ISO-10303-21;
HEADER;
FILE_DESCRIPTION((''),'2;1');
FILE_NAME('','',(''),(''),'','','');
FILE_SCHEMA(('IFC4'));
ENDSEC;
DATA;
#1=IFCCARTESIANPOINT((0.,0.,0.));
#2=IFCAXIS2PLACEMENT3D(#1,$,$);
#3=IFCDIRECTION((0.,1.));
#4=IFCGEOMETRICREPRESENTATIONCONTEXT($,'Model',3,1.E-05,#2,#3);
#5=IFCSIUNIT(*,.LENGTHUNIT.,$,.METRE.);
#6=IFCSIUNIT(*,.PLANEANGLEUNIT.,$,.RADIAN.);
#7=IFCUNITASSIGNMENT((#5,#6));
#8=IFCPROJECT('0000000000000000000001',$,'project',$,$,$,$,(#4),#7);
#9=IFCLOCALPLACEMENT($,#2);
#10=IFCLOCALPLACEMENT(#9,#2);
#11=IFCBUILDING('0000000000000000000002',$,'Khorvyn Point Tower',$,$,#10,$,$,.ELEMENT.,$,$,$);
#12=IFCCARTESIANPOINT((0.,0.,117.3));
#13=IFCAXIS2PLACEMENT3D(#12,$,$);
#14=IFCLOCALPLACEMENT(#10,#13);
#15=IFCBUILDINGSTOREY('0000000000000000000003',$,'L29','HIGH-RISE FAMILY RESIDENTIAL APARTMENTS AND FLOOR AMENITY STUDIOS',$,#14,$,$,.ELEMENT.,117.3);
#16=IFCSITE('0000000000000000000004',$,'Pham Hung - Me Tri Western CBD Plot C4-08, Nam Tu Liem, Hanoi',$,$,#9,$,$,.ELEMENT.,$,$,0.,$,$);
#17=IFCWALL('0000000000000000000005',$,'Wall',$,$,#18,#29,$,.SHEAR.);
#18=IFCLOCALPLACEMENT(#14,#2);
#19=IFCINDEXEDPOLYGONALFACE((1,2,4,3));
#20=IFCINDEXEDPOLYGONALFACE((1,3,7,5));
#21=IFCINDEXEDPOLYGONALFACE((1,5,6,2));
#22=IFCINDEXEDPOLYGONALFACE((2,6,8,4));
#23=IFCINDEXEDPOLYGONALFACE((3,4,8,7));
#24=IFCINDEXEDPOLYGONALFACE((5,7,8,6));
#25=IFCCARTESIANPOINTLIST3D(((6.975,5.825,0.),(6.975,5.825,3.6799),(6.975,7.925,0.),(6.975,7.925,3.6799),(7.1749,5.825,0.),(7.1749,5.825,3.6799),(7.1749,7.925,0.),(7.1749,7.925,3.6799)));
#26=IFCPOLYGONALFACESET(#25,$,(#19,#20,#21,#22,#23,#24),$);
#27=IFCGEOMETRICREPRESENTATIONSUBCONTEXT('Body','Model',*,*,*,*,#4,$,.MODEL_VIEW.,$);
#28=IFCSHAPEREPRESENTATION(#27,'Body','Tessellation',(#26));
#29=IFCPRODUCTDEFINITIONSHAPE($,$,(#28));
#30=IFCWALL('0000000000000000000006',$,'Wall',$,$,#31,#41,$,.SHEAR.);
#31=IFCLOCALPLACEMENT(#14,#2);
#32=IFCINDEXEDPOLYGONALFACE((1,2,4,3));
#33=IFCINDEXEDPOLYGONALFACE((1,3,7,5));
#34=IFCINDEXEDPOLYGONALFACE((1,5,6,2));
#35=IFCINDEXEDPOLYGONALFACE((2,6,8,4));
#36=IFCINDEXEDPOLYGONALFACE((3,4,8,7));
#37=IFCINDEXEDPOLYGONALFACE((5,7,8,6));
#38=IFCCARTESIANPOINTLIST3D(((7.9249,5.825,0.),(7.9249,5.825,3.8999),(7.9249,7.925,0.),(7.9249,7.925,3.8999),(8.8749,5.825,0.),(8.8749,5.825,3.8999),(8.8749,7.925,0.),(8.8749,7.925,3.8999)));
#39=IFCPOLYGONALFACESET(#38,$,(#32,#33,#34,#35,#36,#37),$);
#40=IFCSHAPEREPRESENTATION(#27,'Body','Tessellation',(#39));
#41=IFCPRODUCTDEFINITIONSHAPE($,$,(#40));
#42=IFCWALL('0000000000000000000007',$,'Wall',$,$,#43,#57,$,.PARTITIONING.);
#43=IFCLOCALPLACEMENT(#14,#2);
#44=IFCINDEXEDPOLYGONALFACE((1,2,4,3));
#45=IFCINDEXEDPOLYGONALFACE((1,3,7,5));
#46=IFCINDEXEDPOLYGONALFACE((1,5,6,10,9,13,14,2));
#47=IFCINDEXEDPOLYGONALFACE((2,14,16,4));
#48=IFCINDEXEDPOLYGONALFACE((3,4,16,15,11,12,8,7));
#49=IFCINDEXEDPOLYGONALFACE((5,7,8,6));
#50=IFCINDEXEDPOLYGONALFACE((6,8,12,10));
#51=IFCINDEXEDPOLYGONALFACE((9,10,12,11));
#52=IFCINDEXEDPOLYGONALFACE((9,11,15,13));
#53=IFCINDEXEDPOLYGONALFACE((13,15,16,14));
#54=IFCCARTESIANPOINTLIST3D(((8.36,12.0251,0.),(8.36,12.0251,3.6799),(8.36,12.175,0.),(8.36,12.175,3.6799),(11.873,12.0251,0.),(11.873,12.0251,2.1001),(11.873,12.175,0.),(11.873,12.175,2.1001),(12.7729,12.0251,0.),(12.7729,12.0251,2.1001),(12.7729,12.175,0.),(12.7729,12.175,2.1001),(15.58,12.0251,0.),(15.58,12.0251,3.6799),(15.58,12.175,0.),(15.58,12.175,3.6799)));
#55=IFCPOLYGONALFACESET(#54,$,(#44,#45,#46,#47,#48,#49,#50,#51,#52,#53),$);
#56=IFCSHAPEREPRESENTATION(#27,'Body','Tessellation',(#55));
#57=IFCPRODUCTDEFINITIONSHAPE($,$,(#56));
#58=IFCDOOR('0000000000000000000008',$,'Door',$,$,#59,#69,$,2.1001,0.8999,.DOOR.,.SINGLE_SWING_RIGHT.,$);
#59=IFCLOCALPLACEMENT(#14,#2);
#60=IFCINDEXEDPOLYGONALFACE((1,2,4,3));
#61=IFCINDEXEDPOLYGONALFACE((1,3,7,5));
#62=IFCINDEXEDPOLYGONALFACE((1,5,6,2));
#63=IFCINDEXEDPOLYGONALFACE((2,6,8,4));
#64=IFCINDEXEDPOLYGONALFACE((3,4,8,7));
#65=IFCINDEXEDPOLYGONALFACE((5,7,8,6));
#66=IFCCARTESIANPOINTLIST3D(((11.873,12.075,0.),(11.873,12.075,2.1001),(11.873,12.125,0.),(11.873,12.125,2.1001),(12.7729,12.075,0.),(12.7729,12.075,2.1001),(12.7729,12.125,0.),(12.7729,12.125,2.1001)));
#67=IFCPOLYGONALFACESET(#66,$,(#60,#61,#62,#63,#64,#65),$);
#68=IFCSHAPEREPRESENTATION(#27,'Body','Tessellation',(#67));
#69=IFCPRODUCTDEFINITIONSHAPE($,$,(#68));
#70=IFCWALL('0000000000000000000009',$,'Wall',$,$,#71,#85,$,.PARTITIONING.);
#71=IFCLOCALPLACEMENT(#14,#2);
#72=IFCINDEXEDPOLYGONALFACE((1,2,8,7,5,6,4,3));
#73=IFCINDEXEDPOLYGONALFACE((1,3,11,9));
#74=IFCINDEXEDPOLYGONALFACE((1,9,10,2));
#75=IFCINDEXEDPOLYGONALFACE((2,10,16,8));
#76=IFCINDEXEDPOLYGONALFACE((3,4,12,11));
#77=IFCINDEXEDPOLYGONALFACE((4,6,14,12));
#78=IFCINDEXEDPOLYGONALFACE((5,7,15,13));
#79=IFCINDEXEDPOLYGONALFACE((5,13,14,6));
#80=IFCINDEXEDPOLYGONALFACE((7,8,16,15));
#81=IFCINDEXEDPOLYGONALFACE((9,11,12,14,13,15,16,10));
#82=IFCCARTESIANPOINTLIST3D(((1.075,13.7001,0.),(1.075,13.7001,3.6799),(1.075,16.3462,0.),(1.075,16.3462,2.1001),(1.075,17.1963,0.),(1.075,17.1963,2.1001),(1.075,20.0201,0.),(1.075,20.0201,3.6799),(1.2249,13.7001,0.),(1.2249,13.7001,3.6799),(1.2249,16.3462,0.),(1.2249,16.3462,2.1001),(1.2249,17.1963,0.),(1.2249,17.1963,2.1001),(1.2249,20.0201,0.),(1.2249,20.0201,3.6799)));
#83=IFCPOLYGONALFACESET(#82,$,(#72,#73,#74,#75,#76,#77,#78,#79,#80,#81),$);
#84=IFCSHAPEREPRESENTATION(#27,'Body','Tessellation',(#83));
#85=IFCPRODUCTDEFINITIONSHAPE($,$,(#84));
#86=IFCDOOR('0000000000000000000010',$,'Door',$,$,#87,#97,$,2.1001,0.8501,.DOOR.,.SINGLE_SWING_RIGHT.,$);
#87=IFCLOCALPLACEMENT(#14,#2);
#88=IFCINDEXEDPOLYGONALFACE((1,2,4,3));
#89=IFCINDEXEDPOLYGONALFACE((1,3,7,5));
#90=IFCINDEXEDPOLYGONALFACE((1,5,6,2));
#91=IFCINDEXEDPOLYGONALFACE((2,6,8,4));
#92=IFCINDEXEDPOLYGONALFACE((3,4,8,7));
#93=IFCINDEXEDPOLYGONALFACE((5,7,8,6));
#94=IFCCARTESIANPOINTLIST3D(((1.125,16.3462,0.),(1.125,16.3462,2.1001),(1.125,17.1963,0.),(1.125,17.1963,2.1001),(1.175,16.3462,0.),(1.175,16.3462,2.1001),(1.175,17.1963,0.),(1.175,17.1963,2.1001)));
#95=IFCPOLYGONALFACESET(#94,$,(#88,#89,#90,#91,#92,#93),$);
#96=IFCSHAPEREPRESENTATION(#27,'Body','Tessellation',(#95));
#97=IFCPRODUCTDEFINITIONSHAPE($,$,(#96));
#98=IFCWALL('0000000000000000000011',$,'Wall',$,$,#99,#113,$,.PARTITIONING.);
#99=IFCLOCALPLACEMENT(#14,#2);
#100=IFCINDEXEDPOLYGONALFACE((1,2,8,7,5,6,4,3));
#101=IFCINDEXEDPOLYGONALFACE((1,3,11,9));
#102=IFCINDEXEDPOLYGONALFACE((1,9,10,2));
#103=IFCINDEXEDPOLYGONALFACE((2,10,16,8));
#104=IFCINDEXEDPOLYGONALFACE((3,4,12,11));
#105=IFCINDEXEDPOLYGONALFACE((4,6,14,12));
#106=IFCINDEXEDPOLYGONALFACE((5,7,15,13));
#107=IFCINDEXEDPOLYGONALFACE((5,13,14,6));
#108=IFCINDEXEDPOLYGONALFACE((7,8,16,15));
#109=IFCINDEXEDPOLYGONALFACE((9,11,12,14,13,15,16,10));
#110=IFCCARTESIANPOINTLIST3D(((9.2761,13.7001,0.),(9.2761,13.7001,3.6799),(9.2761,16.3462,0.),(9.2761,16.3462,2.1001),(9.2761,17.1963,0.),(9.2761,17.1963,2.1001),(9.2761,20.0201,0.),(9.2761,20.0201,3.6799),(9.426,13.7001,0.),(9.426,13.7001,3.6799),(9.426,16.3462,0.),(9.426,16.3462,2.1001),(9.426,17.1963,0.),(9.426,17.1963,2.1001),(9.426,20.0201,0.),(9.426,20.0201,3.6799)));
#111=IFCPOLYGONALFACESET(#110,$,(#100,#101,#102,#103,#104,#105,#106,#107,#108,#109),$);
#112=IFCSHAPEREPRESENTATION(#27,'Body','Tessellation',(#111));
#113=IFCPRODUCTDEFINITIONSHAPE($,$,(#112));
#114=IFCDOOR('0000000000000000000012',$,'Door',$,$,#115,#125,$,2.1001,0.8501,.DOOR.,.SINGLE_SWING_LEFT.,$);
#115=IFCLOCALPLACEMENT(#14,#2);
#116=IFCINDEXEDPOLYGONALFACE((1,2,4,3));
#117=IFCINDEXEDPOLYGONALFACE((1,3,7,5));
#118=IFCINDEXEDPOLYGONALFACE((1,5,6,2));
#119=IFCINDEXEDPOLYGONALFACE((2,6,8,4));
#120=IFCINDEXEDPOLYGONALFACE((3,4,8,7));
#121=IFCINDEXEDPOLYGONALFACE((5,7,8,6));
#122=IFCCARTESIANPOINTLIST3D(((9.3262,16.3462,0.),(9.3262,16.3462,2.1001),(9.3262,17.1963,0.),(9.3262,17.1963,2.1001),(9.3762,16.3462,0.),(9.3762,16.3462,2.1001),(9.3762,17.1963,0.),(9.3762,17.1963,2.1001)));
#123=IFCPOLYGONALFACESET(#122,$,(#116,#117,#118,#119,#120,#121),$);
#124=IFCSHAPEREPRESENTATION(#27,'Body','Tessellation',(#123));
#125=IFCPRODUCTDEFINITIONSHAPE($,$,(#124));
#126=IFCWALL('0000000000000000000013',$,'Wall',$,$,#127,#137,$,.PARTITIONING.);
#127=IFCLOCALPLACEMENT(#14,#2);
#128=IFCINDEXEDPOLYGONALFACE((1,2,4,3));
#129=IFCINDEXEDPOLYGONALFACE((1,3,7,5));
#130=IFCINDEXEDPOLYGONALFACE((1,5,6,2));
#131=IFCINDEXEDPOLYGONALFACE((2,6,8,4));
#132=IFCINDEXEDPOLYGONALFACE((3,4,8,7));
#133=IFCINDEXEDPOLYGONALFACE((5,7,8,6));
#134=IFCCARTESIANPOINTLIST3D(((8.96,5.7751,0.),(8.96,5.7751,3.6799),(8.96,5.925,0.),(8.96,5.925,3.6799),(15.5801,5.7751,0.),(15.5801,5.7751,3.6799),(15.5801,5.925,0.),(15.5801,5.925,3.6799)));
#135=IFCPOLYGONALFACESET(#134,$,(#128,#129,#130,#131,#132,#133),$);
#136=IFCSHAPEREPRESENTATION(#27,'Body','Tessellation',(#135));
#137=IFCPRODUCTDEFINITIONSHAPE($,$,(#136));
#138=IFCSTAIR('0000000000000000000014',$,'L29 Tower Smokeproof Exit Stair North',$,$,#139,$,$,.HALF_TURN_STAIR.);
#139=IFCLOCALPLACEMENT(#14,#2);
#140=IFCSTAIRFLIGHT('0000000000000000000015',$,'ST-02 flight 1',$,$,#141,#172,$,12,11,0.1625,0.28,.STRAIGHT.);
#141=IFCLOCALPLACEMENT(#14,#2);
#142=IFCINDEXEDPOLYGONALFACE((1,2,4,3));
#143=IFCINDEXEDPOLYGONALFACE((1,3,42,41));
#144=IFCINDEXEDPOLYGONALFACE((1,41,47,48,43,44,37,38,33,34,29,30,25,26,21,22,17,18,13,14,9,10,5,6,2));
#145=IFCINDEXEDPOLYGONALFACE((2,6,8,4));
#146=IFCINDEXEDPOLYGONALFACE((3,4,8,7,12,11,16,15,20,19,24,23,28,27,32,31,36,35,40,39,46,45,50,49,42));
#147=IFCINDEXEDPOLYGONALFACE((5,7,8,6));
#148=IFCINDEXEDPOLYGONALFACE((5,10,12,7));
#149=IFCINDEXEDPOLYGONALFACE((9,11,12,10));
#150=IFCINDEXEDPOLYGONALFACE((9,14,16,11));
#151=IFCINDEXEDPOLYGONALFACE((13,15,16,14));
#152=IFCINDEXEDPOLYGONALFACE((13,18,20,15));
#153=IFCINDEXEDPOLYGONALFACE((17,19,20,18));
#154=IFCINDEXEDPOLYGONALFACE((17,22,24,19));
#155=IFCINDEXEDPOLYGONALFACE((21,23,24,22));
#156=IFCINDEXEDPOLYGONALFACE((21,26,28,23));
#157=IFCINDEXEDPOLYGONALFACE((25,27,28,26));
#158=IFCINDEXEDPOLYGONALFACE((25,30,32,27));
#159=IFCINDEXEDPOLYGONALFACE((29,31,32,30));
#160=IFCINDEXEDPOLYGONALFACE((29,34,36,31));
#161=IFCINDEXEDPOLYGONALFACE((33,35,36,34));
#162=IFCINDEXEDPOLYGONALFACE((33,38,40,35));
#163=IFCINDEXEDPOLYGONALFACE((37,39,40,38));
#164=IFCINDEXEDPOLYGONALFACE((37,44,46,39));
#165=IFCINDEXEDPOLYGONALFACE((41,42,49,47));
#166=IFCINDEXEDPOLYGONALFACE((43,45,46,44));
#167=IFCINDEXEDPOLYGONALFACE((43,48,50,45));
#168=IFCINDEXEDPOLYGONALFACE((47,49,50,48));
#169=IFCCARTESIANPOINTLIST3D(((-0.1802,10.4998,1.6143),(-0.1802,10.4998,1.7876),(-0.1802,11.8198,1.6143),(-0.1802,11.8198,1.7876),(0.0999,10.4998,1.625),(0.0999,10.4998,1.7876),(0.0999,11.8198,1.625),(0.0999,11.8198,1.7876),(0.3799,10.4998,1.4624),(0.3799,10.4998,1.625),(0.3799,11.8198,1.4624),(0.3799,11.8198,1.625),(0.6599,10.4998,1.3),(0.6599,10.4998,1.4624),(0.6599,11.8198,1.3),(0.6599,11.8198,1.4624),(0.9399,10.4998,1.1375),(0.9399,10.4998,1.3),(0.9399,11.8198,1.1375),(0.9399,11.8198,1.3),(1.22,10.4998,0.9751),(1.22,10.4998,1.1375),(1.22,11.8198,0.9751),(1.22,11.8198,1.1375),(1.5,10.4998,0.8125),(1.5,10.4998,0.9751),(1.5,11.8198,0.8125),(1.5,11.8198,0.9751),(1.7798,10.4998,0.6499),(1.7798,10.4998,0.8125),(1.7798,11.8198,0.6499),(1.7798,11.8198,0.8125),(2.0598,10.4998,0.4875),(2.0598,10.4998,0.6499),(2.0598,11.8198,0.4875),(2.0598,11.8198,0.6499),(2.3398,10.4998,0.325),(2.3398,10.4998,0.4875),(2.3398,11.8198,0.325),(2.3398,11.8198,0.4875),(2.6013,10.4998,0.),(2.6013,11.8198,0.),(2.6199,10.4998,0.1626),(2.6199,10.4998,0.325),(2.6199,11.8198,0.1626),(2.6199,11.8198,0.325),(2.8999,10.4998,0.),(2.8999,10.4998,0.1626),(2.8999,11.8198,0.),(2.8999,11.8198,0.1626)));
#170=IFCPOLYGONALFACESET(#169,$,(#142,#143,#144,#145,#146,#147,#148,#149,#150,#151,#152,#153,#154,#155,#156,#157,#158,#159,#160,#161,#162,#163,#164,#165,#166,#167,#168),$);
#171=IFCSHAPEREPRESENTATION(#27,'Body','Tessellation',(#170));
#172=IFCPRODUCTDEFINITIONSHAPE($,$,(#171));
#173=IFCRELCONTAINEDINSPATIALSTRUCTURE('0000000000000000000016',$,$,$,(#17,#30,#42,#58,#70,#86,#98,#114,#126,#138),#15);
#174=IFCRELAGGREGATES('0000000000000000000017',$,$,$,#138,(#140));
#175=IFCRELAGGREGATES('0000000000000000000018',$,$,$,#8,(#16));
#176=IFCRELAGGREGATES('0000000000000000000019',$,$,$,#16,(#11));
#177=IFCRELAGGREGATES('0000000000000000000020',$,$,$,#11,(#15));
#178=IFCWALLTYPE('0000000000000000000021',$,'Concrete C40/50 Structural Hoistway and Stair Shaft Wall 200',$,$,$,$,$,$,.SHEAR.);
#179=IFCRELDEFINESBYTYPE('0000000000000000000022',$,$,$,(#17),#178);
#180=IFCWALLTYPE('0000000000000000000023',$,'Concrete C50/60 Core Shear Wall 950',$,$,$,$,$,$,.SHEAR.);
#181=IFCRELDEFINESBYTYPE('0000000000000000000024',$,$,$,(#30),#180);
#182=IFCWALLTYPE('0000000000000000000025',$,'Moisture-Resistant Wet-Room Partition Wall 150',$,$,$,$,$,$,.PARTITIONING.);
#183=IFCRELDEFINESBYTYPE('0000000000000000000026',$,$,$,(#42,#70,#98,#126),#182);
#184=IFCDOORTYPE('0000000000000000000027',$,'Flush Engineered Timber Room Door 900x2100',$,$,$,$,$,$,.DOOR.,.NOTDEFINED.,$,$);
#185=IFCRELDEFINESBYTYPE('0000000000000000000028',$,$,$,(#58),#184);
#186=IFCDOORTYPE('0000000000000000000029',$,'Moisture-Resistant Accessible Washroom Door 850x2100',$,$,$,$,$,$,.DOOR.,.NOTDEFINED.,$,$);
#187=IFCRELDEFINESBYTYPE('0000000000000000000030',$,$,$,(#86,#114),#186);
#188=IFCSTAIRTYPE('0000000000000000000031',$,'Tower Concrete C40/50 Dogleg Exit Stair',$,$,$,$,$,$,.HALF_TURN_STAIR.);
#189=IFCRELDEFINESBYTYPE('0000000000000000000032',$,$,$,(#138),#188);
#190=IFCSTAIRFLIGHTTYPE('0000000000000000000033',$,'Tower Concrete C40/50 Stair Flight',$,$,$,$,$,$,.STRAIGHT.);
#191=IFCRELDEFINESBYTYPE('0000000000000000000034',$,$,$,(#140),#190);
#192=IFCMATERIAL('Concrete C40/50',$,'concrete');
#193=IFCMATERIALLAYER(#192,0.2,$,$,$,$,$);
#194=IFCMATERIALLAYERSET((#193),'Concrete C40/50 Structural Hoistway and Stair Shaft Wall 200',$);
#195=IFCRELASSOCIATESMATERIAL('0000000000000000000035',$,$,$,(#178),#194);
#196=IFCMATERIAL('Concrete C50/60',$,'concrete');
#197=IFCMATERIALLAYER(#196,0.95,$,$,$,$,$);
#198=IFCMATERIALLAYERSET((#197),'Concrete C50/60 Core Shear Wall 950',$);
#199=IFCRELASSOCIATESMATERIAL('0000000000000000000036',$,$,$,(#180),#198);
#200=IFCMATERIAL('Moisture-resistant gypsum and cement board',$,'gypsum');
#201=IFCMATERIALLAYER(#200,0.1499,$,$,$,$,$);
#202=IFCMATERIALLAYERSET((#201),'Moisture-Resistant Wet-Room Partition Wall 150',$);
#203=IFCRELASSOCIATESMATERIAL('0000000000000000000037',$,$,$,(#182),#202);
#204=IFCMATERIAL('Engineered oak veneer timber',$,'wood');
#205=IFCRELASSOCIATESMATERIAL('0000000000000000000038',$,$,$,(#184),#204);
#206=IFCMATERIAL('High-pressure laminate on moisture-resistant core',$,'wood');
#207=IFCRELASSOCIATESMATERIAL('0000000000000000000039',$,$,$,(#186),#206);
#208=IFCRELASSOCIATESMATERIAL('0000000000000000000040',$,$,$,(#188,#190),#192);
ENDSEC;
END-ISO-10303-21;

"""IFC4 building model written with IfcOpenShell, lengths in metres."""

from ifc_helpers import new_model, si_unit, direction, frame, frame_2d, origin, place, context, subcontext, project, spatial, polyline, rectangle, outline, extrude, material, layer, layer_set, type_object, element, fill, aggregate, save


model = new_model("IFC4")

# Units and contexts
model_context = context("Model", 3, precision=1e-05, world=origin(), true_north=direction((0.0, 1.0)))
body_context = subcontext(model_context, "Body", "Model", "MODEL_VIEW")
ifc_project = project(units=[si_unit("LENGTHUNIT", "METRE"), si_unit("PLANEANGLEUNIT", "RADIAN")], contexts=[model_context])

# Site, building, storey
site_placement = place(None, origin())
site = spatial("IfcSite", under=ifc_project, at=site_placement, Name="Pham Hung - Me Tri Western CBD Plot C4-08, Nam Tu Liem, Hanoi", CompositionType="ELEMENT", RefElevation=0.0)
building_placement = place(site_placement, origin())
building = spatial("IfcBuilding", under=site, at=building_placement, Name="Khorvyn Point Tower", CompositionType="ELEMENT")
storey_placement = place(building_placement, frame((0.0, 0.0, 117.3)))
storey = spatial("IfcBuildingStorey", under=building, at=storey_placement, Name="L29", Description="HIGH-RISE FAMILY RESIDENTIAL APARTMENTS AND FLOOR AMENITY STUDIOS", CompositionType="ELEMENT", Elevation=117.3)

# Shared definitions
ifc_material_1 = material(Name="Concrete C50/60", Category="concrete")

# Shared definitions
ifc_material_2 = material(Name="Concrete C40/50", Category="concrete")

# Walls
ifc_layer_1 = layer(ifc_material_2, 0.2)
ifc_layer_set_1 = layer_set([ifc_layer_1], Name="Concrete C40/50 Structural Hoistway and Stair Shaft Wall 200")
wall_type_1 = type_object("IfcWallType", Name="Concrete C40/50 Structural Hoistway and Stair Shaft Wall 200", PredefinedType="SHEAR", material=ifc_layer_set_1)
wall_1_placement = place(storey_placement, frame((7.075, 5.825, 0.0), z_axis=(0.0, 0.0, 1.0), x_axis=(0.0, 1.0, 0.0)))
element("IfcWall", 1, at=wall_1_placement, inside=storey, type_object=wall_type_1, Name="Wall", PredefinedType="SHEAR", context=body_context, shape_type="SweptSolid", body=[
    extrude(rectangle(XDim=2.1001, YDim=0.2, at=frame_2d((1.05, 0.0))), origin(), (0.0, 0.0, 1.0), 3.6799),
])
ifc_layer_2 = layer(ifc_material_1, 0.95)
ifc_layer_set_2 = layer_set([ifc_layer_2], Name="Concrete C50/60 Core Shear Wall 950")
wall_type_2 = type_object("IfcWallType", Name="Concrete C50/60 Core Shear Wall 950", PredefinedType="SHEAR", material=ifc_layer_set_2)
wall_2_placement = place(storey_placement, frame((8.3999, 5.825, 0.0), z_axis=(0.0, 0.0, 1.0), x_axis=(0.0, 1.0, 0.0)))
element("IfcWall", 2, at=wall_2_placement, inside=storey, type_object=wall_type_2, Name="Wall", PredefinedType="SHEAR", context=body_context, shape_type="SweptSolid", body=[
    extrude(rectangle(XDim=2.1001, YDim=0.95, at=frame_2d((1.05, 0.0))), origin(), (0.0, 0.0, 1.0), 3.8999),
])

# Walls, openings, doors
ifc_material_3 = material(Name="Moisture-resistant gypsum and cement board", Category="gypsum")
ifc_layer_3 = layer(ifc_material_3, 0.1499)
ifc_layer_set_3 = layer_set([ifc_layer_3], Name="Moisture-Resistant Wet-Room Partition Wall 150")
wall_type_3 = type_object("IfcWallType", Name="Moisture-Resistant Wet-Room Partition Wall 150", PredefinedType="PARTITIONING", material=ifc_layer_set_3)
wall_3_placement = place(storey_placement, frame((8.3601, 12.1001, 0.0), z_axis=(0.0, 0.0, 1.0), x_axis=(1.0, 0.0, 0.0)))
wall_3 = element("IfcWall", 3, at=wall_3_placement, inside=storey, type_object=wall_type_3, Name="Wall", PredefinedType="PARTITIONING", context=body_context, shape_type="SweptSolid", body=[
    extrude(rectangle(XDim=7.22, YDim=0.1499, at=frame_2d((3.6099, 0.0))), origin(), (0.0, 0.0, 1.0), 3.6799),
])
opening_1_placement = place(wall_3_placement, frame((3.5129, 0.0, 0.0)))
opening_1 = element("IfcOpeningElement", 4, at=opening_1_placement, cuts=wall_3, PredefinedType="OPENING", context=body_context, shape_type="SweptSolid", body=[
    extrude(rectangle(XDim=0.8999, YDim=2.1001, at=frame_2d((0.45, 1.05))), frame((0.0, 0.085, 0.0), z_axis=(0.0, -1.0, 0.0), x_axis=(1.0, 0.0, 0.0)), (0.0, 0.0, 1.0), 0.1699),
])
ifc_material_4 = material(Name="Engineered oak veneer timber", Category="wood")
door_type_1 = type_object("IfcDoorType", Name="Flush Engineered Timber Room Door 900x2100", OperationType="NOTDEFINED", PredefinedType="DOOR", material=ifc_material_4)
door_1_placement = place(opening_1_placement, origin())
door_1 = element("IfcDoor", 5, at=door_1_placement, inside=storey, type_object=door_type_1, Name="Door", OperationType="SINGLE_SWING_RIGHT", OverallHeight=2.1001, OverallWidth=0.8999, PredefinedType="DOOR", context=body_context, shape_type="SweptSolid", body=[
    extrude(rectangle(XDim=0.8999, YDim=2.1001, at=frame_2d((0.45, 1.05))), frame((0.0, 0.0249, 0.0), z_axis=(0.0, -1.0, 0.0), x_axis=(1.0, 0.0, 0.0)), (0.0, 0.0, 1.0), 0.05),
])
fill(opening_1, door_1)
wall_4_placement = place(storey_placement, frame((1.1499, 13.7, 0.0), z_axis=(0.0, 0.0, 1.0), x_axis=(0.0, 1.0, 0.0)))
wall_4 = element("IfcWall", 6, at=wall_4_placement, inside=storey, type_object=wall_type_3, Name="Wall", PredefinedType="PARTITIONING", context=body_context, shape_type="SweptSolid", body=[
    extrude(rectangle(XDim=6.3201, YDim=0.1499, at=frame_2d((3.1602, 0.0))), origin(), (0.0, 0.0, 1.0), 3.6799),
])
opening_2_placement = place(wall_4_placement, frame((2.6462, 0.0, 0.0)))
opening_2 = element("IfcOpeningElement", 7, at=opening_2_placement, cuts=wall_4, PredefinedType="OPENING", context=body_context, shape_type="SweptSolid", body=[
    extrude(rectangle(XDim=0.8501, YDim=2.1001, at=frame_2d((0.425, 1.05))), frame((0.0, 0.085, 0.0), z_axis=(0.0, -1.0, 0.0), x_axis=(1.0, 0.0, 0.0)), (0.0, 0.0, 1.0), 0.1699),
])
ifc_material_5 = material(Name="High-pressure laminate on moisture-resistant core", Category="wood")
door_type_2 = type_object("IfcDoorType", Name="Moisture-Resistant Accessible Washroom Door 850x2100", OperationType="NOTDEFINED", PredefinedType="DOOR", material=ifc_material_5)
door_2_placement = place(opening_2_placement, origin())
door_2 = element("IfcDoor", 8, at=door_2_placement, inside=storey, type_object=door_type_2, Name="Door", OperationType="SINGLE_SWING_RIGHT", OverallHeight=2.1001, OverallWidth=0.8501, PredefinedType="DOOR", context=body_context, shape_type="SweptSolid", body=[
    extrude(rectangle(XDim=0.8501, YDim=2.1001, at=frame_2d((0.425, 1.05))), frame((0.0, 0.0249, 0.0), z_axis=(0.0, -1.0, 0.0), x_axis=(1.0, 0.0, 0.0)), (0.0, 0.0, 1.0), 0.05),
])
fill(opening_2, door_2)
wall_5_placement = place(storey_placement, frame((9.3511, 13.7, 0.0), z_axis=(0.0, 0.0, 1.0), x_axis=(0.0, 1.0, 0.0)))
wall_5 = element("IfcWall", 9, at=wall_5_placement, inside=storey, type_object=wall_type_3, Name="Wall", PredefinedType="PARTITIONING", context=body_context, shape_type="SweptSolid", body=[
    extrude(rectangle(XDim=6.3201, YDim=0.1499, at=frame_2d((3.1602, 0.0))), origin(), (0.0, 0.0, 1.0), 3.6799),
])
opening_3_placement = place(wall_5_placement, frame((2.6462, 0.0, 0.0)))
opening_3 = element("IfcOpeningElement", 10, at=opening_3_placement, cuts=wall_5, PredefinedType="OPENING", context=body_context, shape_type="SweptSolid", body=[
    extrude(rectangle(XDim=0.8501, YDim=2.1001, at=frame_2d((0.425, 1.05))), frame((0.0, 0.085, 0.0), z_axis=(0.0, -1.0, 0.0), x_axis=(1.0, 0.0, 0.0)), (0.0, 0.0, 1.0), 0.1699),
])
door_3_placement = place(opening_3_placement, origin())
door_3 = element("IfcDoor", 11, at=door_3_placement, inside=storey, type_object=door_type_2, Name="Door", OperationType="SINGLE_SWING_LEFT", OverallHeight=2.1001, OverallWidth=0.8501, PredefinedType="DOOR", context=body_context, shape_type="SweptSolid", body=[
    extrude(rectangle(XDim=0.8501, YDim=2.1001, at=frame_2d((0.425, 1.05))), frame((0.0, 0.0249, 0.0), z_axis=(0.0, -1.0, 0.0), x_axis=(1.0, 0.0, 0.0)), (0.0, 0.0, 1.0), 0.05),
])
fill(opening_3, door_3)

# Wall
wall_6_placement = place(storey_placement, frame((8.96, 5.8501, 0.0), z_axis=(0.0, 0.0, 1.0), x_axis=(1.0, 0.0, 0.0)))
element("IfcWall", 12, at=wall_6_placement, inside=storey, type_object=wall_type_3, Name="Wall", PredefinedType="PARTITIONING", context=body_context, shape_type="SweptSolid", body=[
    extrude(rectangle(XDim=6.6201, YDim=0.1499, at=frame_2d((3.3101, 0.0))), origin(), (0.0, 0.0, 1.0), 3.6799),
])

# Stair, stair flight
stair_type = type_object("IfcStairType", Name="Tower Concrete C40/50 Dogleg Exit Stair", PredefinedType="HALF_TURN_STAIR", material=ifc_material_2)
stair_placement = place(storey_placement, origin())
stair = element("IfcStair", 13, at=stair_placement, inside=storey, type_object=stair_type, Name="L29 Tower Smokeproof Exit Stair North", PredefinedType="HALF_TURN_STAIR")
stair_flight_type = type_object("IfcStairFlightType", Name="Tower Concrete C40/50 Stair Flight", PredefinedType="STRAIGHT", material=ifc_material_2)
stair_flight_1_placement = place(storey_placement, frame((2.8999, 11.1599, 0.0), z_axis=(0.0, 0.0, 1.0), x_axis=(-1.0, 0.0, 0.0)))
stair_flight_1 = element("IfcStairFlight", 14, at=stair_flight_1_placement, type_object=stair_flight_type, Name="ST-02 flight 1", NumberOfRisers=12, NumberOfTreads=11, PredefinedType="STRAIGHT", RiserHeight=0.1625, TreadLength=0.28, context=body_context, shape_type="SweptSolid", body=[
    extrude(outline(polyline([(0.0, 0.0), (0.0, 0.1626), (0.28, 0.1626), (0.28, 0.325), (0.5601, 0.325), (0.5601, 0.4875), (0.8401, 0.4875), (0.8401, 0.6499), (1.1201, 0.6499), (1.1201, 0.8125), (1.3999, 0.8125), (1.3999, 0.9751), (1.6799, 0.9751), (1.6799, 1.1375), (1.96, 1.1375), (1.96, 1.3), (2.24, 1.3), (2.24, 1.4624), (2.52, 1.4624), (2.52, 1.625), (2.8, 1.625), (2.8, 1.7876), (3.0801, 1.7876), (3.0801, 1.95), (3.0801, 1.6143), (0.2986, 0.0), (0.0, 0.0)])), frame((0.0, 0.6602, 0.0), z_axis=(0.0, -1.0, 0.0), x_axis=(1.0, 0.0, 0.0)), (0.0, 0.0, 1.0), 1.3201),
])
aggregate(stair, [stair_flight_1])

save(model, "model.ifc")
